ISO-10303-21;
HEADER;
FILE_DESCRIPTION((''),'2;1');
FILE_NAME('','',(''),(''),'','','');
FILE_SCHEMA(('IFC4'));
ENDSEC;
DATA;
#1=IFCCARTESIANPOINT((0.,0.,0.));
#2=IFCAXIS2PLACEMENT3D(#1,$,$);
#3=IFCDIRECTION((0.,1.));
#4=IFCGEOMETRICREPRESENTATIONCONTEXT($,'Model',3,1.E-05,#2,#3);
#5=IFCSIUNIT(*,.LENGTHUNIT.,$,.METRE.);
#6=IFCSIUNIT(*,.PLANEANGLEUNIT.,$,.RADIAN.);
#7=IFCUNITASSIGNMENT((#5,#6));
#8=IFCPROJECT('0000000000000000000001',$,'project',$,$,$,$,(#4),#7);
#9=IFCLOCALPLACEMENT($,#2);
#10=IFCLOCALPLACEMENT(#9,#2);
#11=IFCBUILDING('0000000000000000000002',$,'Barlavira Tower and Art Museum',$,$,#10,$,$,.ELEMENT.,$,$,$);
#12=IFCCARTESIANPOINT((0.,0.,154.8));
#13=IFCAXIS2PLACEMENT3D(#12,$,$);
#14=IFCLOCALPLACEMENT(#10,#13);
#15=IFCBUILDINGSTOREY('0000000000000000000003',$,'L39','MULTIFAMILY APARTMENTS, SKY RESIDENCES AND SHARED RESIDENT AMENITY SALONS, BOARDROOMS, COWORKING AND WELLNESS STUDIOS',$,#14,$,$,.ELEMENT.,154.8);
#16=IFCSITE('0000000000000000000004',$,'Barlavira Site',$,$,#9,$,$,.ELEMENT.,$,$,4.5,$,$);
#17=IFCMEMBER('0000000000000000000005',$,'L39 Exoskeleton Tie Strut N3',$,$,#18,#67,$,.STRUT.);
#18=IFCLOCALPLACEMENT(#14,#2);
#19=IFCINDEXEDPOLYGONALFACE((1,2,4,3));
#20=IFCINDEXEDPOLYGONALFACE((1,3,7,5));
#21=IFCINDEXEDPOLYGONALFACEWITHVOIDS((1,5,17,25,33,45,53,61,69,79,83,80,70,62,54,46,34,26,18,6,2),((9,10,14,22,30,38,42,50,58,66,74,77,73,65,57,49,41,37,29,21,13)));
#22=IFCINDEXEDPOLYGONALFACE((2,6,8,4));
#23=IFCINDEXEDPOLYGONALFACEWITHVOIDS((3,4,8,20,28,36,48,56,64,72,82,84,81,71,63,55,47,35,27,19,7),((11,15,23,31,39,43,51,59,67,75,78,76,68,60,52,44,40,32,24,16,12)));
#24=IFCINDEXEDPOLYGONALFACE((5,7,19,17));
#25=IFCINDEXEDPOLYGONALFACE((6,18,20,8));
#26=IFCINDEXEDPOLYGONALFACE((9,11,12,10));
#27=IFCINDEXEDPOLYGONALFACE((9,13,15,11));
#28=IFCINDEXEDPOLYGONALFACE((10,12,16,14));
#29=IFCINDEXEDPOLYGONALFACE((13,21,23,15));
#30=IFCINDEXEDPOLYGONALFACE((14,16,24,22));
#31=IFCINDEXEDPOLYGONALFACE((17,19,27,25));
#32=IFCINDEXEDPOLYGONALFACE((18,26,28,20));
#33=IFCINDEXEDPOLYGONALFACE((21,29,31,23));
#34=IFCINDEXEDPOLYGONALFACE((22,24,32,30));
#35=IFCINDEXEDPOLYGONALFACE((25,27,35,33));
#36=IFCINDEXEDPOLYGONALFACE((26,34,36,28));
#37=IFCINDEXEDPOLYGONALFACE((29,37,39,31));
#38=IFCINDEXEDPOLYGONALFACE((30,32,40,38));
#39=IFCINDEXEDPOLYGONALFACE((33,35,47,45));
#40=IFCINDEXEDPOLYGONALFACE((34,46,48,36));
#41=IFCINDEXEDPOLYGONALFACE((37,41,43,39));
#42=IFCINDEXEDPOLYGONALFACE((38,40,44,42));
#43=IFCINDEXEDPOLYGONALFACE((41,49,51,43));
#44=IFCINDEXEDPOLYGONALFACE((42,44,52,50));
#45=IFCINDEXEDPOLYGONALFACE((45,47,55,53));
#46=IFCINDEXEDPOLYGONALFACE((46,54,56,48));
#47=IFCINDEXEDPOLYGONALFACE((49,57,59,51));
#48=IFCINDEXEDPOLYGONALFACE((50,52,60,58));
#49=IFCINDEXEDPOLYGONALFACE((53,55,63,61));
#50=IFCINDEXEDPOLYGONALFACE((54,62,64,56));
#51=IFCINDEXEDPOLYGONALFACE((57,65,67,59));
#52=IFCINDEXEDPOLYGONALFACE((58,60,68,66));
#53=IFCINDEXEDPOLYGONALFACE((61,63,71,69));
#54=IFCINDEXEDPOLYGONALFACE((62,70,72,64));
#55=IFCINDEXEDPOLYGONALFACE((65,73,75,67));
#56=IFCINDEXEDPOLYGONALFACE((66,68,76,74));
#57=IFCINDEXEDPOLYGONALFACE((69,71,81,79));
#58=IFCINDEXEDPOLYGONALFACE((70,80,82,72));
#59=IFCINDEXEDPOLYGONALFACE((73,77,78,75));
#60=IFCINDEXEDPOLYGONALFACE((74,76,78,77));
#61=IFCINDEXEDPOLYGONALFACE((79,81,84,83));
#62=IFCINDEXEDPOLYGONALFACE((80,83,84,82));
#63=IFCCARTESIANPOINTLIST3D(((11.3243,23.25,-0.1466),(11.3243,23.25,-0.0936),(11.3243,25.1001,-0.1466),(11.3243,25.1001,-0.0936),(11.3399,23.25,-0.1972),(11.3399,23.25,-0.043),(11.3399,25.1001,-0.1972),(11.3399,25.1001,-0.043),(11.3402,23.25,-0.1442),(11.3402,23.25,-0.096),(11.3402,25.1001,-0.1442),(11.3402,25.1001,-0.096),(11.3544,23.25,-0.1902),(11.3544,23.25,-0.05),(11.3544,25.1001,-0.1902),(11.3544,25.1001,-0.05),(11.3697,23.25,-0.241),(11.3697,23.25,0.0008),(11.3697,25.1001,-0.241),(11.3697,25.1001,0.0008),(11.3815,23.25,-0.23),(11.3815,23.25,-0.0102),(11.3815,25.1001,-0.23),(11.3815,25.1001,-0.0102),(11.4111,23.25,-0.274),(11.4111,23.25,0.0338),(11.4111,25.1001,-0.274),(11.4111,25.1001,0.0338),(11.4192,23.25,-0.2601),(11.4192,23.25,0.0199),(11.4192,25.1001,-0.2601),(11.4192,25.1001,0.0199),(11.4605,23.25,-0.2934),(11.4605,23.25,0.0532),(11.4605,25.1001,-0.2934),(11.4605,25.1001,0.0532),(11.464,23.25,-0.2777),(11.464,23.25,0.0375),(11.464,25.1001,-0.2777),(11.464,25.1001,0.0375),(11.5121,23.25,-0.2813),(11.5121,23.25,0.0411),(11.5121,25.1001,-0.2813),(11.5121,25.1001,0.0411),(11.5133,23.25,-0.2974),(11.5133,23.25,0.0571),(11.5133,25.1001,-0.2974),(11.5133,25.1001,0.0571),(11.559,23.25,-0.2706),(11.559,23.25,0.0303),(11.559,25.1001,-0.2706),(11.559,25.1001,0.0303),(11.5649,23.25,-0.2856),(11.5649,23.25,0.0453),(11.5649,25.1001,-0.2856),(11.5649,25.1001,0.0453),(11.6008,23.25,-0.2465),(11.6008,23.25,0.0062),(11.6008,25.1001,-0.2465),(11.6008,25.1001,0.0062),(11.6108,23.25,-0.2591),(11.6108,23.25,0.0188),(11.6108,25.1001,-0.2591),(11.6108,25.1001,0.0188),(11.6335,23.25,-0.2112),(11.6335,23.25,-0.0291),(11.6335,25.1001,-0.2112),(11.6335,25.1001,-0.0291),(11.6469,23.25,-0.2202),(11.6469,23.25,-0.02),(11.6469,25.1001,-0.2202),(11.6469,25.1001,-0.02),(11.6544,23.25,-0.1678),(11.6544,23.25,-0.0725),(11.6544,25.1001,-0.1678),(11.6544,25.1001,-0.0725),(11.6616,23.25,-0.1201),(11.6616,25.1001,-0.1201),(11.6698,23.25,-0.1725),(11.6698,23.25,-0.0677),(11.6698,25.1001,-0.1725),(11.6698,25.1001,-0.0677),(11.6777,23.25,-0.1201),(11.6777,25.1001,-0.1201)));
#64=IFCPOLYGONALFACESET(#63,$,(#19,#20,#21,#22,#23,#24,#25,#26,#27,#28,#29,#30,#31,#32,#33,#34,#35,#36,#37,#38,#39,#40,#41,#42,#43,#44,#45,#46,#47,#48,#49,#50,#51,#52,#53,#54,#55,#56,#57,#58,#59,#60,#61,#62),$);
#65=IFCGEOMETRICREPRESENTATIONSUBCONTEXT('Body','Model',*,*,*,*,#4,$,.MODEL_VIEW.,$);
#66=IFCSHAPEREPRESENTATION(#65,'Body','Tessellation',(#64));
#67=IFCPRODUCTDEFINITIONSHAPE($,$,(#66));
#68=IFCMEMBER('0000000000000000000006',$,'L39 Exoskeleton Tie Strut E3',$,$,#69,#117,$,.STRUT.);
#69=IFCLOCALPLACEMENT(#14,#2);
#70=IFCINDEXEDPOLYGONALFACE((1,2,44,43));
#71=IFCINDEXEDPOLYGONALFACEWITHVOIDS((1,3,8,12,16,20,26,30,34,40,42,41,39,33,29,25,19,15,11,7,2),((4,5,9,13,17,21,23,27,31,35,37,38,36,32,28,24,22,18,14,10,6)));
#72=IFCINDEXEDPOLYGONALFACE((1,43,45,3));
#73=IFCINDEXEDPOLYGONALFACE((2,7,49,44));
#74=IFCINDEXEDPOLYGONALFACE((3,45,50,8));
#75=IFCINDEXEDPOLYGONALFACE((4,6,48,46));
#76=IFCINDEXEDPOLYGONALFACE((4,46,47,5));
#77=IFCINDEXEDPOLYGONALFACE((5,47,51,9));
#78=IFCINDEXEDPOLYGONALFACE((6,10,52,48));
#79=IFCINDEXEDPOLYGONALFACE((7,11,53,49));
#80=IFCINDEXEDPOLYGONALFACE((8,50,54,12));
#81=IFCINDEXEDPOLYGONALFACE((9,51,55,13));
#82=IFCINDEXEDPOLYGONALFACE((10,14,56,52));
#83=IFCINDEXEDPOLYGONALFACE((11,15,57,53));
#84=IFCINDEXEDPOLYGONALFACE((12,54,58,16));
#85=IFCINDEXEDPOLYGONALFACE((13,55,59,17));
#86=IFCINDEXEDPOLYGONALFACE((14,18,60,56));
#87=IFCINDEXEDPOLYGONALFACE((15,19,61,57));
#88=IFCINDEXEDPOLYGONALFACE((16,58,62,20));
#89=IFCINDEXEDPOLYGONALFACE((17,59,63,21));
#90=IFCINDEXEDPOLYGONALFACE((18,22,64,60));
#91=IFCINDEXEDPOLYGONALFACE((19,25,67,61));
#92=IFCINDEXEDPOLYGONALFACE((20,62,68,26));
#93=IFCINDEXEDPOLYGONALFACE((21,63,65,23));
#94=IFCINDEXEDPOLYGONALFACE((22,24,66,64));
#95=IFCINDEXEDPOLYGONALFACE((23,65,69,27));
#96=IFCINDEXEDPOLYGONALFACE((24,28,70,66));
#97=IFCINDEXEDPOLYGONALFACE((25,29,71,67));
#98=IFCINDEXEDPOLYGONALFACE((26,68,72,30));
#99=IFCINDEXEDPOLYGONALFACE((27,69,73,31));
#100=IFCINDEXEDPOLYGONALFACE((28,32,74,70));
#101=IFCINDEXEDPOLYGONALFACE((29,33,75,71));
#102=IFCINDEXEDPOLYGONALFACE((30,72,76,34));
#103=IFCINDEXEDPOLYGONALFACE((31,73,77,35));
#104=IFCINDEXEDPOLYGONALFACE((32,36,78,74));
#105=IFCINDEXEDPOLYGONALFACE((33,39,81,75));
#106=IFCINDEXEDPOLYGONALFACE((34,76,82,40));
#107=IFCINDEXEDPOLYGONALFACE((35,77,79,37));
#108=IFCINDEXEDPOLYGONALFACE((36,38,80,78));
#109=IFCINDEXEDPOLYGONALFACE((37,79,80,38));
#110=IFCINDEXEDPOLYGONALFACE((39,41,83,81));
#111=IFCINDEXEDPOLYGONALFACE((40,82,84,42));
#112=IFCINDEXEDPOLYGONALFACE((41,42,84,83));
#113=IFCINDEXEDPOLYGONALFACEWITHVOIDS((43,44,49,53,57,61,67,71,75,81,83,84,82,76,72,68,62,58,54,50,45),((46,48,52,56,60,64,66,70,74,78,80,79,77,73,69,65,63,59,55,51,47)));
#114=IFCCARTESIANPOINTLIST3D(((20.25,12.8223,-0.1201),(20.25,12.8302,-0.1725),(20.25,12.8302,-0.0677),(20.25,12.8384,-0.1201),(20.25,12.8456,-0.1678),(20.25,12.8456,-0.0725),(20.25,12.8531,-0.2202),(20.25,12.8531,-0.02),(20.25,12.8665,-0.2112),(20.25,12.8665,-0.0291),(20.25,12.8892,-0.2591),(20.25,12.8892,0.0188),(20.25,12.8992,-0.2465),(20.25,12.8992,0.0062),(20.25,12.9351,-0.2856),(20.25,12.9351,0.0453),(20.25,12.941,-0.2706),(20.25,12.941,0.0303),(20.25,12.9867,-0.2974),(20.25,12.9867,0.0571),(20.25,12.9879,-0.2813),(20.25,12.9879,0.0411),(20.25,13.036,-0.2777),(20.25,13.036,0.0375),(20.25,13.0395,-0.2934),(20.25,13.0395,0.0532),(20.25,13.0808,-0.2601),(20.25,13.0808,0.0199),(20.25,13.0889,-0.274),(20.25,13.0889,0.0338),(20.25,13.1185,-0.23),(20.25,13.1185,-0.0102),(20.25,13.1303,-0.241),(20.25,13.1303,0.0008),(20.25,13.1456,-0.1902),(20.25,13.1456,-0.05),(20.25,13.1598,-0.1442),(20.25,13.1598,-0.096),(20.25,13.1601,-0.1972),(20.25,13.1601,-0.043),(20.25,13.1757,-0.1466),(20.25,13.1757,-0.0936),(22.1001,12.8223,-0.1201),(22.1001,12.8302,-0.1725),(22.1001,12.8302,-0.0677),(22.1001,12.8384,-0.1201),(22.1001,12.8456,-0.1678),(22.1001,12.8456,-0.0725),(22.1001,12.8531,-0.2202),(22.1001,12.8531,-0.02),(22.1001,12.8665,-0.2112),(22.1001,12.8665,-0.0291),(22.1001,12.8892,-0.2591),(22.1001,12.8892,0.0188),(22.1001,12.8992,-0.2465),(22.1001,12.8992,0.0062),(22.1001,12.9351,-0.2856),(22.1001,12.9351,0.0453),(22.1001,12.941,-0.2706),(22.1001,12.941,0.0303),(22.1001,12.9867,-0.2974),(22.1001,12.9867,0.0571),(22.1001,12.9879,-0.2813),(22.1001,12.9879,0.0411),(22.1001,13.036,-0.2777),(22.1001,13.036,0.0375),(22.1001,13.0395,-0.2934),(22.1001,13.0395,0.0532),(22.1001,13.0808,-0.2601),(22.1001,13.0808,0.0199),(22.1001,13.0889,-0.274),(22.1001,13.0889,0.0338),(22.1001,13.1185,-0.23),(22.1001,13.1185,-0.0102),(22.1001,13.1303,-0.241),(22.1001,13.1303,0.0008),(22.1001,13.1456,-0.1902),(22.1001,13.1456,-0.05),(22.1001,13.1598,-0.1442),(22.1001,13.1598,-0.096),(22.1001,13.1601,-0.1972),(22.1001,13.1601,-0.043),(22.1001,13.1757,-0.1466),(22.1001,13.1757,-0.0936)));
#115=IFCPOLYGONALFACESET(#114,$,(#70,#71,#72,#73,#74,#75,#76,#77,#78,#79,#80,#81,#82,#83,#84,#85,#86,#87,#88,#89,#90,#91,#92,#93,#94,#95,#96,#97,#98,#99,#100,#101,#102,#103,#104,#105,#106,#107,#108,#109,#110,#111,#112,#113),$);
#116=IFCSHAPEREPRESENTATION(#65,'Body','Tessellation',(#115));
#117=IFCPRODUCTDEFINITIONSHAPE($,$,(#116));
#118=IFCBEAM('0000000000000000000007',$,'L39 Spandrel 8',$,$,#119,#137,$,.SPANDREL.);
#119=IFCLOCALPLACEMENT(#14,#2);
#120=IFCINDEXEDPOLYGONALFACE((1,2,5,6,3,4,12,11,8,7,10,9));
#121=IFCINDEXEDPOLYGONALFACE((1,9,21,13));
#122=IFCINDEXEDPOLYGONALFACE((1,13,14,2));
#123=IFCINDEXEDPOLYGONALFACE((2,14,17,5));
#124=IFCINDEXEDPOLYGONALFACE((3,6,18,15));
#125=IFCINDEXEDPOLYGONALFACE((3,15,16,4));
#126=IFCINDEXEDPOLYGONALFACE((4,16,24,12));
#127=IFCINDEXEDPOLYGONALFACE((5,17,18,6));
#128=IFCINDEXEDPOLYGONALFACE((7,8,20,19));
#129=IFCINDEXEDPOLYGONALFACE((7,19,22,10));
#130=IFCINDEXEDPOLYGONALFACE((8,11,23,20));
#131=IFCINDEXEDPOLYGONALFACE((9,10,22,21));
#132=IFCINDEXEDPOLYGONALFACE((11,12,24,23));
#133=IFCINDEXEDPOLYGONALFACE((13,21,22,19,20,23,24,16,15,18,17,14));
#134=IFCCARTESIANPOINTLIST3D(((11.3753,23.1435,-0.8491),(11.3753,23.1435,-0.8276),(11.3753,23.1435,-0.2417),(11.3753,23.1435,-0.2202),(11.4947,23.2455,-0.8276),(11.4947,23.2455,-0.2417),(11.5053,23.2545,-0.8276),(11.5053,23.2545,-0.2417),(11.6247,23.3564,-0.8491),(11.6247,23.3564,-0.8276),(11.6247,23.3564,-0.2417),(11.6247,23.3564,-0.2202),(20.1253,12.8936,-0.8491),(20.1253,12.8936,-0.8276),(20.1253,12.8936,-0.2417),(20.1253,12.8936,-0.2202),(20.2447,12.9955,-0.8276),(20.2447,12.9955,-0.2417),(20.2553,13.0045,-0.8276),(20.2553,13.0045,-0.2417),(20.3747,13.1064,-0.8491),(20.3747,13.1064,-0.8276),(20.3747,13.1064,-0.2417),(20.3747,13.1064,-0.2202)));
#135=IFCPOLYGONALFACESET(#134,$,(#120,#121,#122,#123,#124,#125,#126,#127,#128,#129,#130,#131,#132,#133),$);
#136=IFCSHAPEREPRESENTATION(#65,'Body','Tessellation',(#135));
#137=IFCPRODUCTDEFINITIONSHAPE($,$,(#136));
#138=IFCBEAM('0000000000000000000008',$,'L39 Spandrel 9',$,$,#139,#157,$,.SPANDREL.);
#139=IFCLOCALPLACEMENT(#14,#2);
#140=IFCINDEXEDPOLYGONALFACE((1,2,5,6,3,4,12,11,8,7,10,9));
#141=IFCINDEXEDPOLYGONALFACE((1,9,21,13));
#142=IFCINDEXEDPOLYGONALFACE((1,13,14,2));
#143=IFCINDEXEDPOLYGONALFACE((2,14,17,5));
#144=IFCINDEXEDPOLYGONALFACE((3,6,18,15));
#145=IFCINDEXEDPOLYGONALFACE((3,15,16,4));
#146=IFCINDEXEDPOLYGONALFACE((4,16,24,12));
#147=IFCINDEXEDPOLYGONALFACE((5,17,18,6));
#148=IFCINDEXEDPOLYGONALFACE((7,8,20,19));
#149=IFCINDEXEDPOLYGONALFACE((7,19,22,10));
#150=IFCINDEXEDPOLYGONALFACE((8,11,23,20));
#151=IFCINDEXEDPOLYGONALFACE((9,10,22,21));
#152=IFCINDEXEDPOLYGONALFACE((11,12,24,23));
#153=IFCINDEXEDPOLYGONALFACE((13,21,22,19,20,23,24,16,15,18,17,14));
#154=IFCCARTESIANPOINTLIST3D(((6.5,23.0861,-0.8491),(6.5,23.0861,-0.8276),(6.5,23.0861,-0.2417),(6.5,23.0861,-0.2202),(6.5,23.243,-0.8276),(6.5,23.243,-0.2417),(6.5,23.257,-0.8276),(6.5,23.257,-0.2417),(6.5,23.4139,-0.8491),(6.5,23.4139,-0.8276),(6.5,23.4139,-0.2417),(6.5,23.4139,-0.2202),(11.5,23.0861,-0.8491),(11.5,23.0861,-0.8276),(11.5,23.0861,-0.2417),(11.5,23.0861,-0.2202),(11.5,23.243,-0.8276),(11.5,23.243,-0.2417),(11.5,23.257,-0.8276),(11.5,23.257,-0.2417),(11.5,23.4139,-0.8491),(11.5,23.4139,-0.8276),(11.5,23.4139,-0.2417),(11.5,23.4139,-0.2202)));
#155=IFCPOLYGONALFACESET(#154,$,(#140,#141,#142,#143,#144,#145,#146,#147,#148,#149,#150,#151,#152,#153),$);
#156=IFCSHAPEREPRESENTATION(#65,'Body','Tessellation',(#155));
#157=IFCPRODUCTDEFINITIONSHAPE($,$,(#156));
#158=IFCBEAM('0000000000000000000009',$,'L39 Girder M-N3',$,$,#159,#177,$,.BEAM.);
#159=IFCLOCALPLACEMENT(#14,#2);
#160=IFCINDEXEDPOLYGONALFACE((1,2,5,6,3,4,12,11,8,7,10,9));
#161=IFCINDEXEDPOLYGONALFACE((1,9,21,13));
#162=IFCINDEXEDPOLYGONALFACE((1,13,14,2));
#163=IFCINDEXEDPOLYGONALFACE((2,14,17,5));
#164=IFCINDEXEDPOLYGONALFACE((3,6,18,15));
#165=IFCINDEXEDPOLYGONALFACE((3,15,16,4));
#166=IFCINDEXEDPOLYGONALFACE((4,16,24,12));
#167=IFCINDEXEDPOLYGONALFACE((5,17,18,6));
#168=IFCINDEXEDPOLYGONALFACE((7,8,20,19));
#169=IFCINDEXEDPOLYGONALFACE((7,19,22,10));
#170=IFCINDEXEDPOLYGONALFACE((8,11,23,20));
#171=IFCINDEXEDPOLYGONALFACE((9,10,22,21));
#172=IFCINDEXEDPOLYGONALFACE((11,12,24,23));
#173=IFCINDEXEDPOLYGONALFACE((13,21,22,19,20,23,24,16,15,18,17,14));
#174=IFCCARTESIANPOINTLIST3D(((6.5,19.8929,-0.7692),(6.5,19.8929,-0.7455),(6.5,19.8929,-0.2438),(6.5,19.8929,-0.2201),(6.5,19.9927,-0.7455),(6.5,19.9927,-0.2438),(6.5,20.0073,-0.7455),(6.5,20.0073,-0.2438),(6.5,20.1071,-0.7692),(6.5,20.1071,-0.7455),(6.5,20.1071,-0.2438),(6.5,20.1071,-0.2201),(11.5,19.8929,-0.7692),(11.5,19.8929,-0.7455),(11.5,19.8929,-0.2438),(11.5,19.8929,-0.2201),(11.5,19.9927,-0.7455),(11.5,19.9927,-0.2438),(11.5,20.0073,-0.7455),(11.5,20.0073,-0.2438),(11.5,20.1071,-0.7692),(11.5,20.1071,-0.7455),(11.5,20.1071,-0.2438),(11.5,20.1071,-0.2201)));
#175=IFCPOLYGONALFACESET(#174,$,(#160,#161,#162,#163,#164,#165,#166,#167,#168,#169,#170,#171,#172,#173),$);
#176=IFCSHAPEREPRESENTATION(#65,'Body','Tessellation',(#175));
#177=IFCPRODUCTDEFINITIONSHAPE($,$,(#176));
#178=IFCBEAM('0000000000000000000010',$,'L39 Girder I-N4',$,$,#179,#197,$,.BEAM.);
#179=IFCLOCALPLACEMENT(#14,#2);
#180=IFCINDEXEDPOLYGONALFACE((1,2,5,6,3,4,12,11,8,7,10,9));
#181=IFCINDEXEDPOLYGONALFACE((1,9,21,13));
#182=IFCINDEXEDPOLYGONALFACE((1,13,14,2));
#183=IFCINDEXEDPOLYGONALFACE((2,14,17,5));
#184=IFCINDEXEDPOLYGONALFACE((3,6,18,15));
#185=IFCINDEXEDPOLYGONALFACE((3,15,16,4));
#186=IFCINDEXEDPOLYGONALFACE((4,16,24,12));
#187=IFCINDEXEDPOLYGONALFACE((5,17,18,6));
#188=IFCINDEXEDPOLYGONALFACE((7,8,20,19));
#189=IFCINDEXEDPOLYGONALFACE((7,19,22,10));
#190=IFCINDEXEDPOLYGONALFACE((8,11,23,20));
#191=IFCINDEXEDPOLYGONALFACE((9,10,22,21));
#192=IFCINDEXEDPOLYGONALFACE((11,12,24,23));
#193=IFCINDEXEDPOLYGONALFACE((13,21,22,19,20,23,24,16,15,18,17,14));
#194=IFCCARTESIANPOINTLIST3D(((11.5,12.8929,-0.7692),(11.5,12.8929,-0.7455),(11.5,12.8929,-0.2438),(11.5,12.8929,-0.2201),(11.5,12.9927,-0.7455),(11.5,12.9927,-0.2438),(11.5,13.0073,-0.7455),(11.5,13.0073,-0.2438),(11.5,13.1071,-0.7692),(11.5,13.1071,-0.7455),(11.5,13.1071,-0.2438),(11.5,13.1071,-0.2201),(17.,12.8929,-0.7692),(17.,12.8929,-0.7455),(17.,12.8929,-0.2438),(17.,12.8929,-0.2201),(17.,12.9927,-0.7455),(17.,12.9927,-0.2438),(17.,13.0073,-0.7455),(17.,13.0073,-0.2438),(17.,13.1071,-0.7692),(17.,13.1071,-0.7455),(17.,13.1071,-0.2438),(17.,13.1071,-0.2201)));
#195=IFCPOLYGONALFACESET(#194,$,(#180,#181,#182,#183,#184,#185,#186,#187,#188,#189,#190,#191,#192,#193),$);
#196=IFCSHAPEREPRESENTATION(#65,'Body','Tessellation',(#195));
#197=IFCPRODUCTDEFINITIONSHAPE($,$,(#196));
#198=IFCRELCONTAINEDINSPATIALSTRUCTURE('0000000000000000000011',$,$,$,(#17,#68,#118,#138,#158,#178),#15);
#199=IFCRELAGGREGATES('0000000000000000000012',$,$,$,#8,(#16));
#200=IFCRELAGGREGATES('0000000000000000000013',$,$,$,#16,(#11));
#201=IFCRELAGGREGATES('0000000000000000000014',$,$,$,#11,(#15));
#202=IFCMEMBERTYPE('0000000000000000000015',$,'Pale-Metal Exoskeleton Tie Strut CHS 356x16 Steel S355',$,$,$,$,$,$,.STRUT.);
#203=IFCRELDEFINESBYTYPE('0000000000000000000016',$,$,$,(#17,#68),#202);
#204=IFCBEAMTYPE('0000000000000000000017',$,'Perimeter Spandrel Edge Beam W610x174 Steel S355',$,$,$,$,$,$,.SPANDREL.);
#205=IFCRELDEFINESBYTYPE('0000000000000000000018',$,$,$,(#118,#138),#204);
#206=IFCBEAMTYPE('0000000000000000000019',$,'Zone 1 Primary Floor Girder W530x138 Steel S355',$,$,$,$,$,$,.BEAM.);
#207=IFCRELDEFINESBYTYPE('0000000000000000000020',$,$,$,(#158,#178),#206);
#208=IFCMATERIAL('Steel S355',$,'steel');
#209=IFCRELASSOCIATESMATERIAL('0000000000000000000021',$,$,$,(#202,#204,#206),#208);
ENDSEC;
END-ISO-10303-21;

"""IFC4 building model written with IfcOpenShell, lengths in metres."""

from ifc_helpers import new_model, si_unit, direction, frame, origin, origin_2d, place, context, subcontext, project, spatial, hollow_circle, i_section, extrude, material, material_profile, profile_set, type_object, element, save


model = new_model("IFC4")

# Units and contexts
model_context = context("Model", 3, precision=1e-05, world=origin(), true_north=direction((0.0, 1.0)))
body_context = subcontext(model_context, "Body", "Model", "MODEL_VIEW")
ifc_project = project(units=[si_unit("LENGTHUNIT", "METRE"), si_unit("PLANEANGLEUNIT", "RADIAN")], contexts=[model_context])

# Site, building, storey
site_placement = place(None, origin())
site = spatial("IfcSite", under=ifc_project, at=site_placement, Name="Barlavira Site", CompositionType="ELEMENT", RefElevation=4.5)
building_placement = place(site_placement, origin())
building = spatial("IfcBuilding", under=site, at=building_placement, Name="Barlavira Tower and Art Museum", CompositionType="ELEMENT")
storey_placement = place(building_placement, frame((0.0, 0.0, 154.8)))
storey = spatial("IfcBuildingStorey", under=building, at=storey_placement, Name="L39", Description="MULTIFAMILY APARTMENTS, SKY RESIDENCES AND SHARED RESIDENT AMENITY SALONS, BOARDROOMS, COWORKING AND WELLNESS STUDIOS", CompositionType="ELEMENT", Elevation=154.8)

# Members
ifc_material_1 = material(Name="Steel S355", Category="steel")
ifc_material_profile_1 = material_profile(ifc_material_1, hollow_circle(Radius=0.1777, WallThickness=0.0161, at=origin_2d()), Name="CHS 355.6x16.0")
ifc_profile_set_1 = profile_set([ifc_material_profile_1], Name="Steel S355")
member_type_1 = type_object("IfcMemberType", Name="Pale-Metal Exoskeleton Tie Strut CHS 356x16 Steel S355", PredefinedType="STRUT", material=ifc_profile_set_1)
for number, where, z_axis, x_axis, name in (
    (1, (11.5, 25.1001, -0.1201), (0.0, -1.0, 0.0), (1.0, 0.0, 0.0), "L39 Exoskeleton Tie Strut N3"),
    (2, (22.1001, 13.0, -0.1201), (-1.0, 0.0, 0.0), (0.0, -1.0, 0.0), "L39 Exoskeleton Tie Strut E3"),
):
    element("IfcMember", number, at=place(storey_placement, frame(where, z_axis=z_axis, x_axis=x_axis)), inside=storey, type_object=member_type_1, Name=name, PredefinedType="STRUT", context=body_context, shape_type="SweptSolid", body=[
        extrude(hollow_circle(Radius=0.1777, WallThickness=0.0161, at=origin_2d()), origin(), (0.0, 0.0, 1.0), 1.8501),
    ])

# Beams
ifc_material_profile_2 = material_profile(ifc_material_1, i_section(OverallWidth=0.3279, OverallDepth=0.6289, WebThickness=0.0139, FlangeThickness=0.0215, at=origin_2d()), Name="W610x174.0")
ifc_profile_set_2 = profile_set([ifc_material_profile_2], Name="Steel S355")
beam_type_1 = type_object("IfcBeamType", Name="Perimeter Spandrel Edge Beam W610x174 Steel S355", PredefinedType="SPANDREL", material=ifc_profile_set_2)
beam_1_placement = place(storey_placement, frame((20.25, 13.0, -0.5347), z_axis=(-0.649262, 0.760565, 0.0), x_axis=(-0.760565, -0.649262, 0.0)))
element("IfcBeam", 3, at=beam_1_placement, inside=storey, type_object=beam_type_1, Name="L39 Spandrel 8", PredefinedType="SPANDREL", context=body_context, shape_type="SweptSolid", body=[
    extrude(i_section(OverallWidth=0.3279, OverallDepth=0.6289, WebThickness=0.0139, FlangeThickness=0.0215, at=origin_2d()), origin(), (0.0, 0.0, 1.0), 13.4768),
])
beam_2_placement = place(storey_placement, frame((6.5, 23.25, -0.5347), z_axis=(1.0, 0.0, 0.0), x_axis=(0.0, 1.0, 0.0)))
element("IfcBeam", 4, at=beam_2_placement, inside=storey, type_object=beam_type_1, Name="L39 Spandrel 9", PredefinedType="SPANDREL", context=body_context, shape_type="SweptSolid", body=[
    extrude(i_section(OverallWidth=0.3279, OverallDepth=0.6289, WebThickness=0.0139, FlangeThickness=0.0215, at=origin_2d()), origin(), (0.0, 0.0, 1.0), 5.0),
])
ifc_material_profile_3 = material_profile(ifc_material_1, i_section(OverallWidth=0.2141, OverallDepth=0.5491, WebThickness=0.0146, FlangeThickness=0.0237, at=origin_2d()), Name="W530x138.0")
ifc_profile_set_3 = profile_set([ifc_material_profile_3], Name="Steel S355")
beam_type_2 = type_object("IfcBeamType", Name="Zone 1 Primary Floor Girder W530x138 Steel S355", PredefinedType="BEAM", material=ifc_profile_set_3)
beam_3_placement = place(storey_placement, frame((6.5, 20.0, -0.4946), z_axis=(1.0, 0.0, 0.0), x_axis=(0.0, 1.0, 0.0)))
element("IfcBeam", 5, at=beam_3_placement, inside=storey, type_object=beam_type_2, Name="L39 Girder M-N3", PredefinedType="BEAM", context=body_context, shape_type="SweptSolid", body=[
    extrude(i_section(OverallWidth=0.2141, OverallDepth=0.5491, WebThickness=0.0146, FlangeThickness=0.0237, at=origin_2d()), origin(), (0.0, 0.0, 1.0), 5.0),
])
beam_4_placement = place(storey_placement, frame((11.5, 13.0, -0.4946), z_axis=(1.0, 0.0, 0.0), x_axis=(0.0, 1.0, 0.0)))
element("IfcBeam", 6, at=beam_4_placement, inside=storey, type_object=beam_type_2, Name="L39 Girder I-N4", PredefinedType="BEAM", context=body_context, shape_type="SweptSolid", body=[
    extrude(i_section(OverallWidth=0.2141, OverallDepth=0.5491, WebThickness=0.0146, FlangeThickness=0.0237, at=origin_2d()), origin(), (0.0, 0.0, 1.0), 5.5),
])

save(model, "model.ifc")
